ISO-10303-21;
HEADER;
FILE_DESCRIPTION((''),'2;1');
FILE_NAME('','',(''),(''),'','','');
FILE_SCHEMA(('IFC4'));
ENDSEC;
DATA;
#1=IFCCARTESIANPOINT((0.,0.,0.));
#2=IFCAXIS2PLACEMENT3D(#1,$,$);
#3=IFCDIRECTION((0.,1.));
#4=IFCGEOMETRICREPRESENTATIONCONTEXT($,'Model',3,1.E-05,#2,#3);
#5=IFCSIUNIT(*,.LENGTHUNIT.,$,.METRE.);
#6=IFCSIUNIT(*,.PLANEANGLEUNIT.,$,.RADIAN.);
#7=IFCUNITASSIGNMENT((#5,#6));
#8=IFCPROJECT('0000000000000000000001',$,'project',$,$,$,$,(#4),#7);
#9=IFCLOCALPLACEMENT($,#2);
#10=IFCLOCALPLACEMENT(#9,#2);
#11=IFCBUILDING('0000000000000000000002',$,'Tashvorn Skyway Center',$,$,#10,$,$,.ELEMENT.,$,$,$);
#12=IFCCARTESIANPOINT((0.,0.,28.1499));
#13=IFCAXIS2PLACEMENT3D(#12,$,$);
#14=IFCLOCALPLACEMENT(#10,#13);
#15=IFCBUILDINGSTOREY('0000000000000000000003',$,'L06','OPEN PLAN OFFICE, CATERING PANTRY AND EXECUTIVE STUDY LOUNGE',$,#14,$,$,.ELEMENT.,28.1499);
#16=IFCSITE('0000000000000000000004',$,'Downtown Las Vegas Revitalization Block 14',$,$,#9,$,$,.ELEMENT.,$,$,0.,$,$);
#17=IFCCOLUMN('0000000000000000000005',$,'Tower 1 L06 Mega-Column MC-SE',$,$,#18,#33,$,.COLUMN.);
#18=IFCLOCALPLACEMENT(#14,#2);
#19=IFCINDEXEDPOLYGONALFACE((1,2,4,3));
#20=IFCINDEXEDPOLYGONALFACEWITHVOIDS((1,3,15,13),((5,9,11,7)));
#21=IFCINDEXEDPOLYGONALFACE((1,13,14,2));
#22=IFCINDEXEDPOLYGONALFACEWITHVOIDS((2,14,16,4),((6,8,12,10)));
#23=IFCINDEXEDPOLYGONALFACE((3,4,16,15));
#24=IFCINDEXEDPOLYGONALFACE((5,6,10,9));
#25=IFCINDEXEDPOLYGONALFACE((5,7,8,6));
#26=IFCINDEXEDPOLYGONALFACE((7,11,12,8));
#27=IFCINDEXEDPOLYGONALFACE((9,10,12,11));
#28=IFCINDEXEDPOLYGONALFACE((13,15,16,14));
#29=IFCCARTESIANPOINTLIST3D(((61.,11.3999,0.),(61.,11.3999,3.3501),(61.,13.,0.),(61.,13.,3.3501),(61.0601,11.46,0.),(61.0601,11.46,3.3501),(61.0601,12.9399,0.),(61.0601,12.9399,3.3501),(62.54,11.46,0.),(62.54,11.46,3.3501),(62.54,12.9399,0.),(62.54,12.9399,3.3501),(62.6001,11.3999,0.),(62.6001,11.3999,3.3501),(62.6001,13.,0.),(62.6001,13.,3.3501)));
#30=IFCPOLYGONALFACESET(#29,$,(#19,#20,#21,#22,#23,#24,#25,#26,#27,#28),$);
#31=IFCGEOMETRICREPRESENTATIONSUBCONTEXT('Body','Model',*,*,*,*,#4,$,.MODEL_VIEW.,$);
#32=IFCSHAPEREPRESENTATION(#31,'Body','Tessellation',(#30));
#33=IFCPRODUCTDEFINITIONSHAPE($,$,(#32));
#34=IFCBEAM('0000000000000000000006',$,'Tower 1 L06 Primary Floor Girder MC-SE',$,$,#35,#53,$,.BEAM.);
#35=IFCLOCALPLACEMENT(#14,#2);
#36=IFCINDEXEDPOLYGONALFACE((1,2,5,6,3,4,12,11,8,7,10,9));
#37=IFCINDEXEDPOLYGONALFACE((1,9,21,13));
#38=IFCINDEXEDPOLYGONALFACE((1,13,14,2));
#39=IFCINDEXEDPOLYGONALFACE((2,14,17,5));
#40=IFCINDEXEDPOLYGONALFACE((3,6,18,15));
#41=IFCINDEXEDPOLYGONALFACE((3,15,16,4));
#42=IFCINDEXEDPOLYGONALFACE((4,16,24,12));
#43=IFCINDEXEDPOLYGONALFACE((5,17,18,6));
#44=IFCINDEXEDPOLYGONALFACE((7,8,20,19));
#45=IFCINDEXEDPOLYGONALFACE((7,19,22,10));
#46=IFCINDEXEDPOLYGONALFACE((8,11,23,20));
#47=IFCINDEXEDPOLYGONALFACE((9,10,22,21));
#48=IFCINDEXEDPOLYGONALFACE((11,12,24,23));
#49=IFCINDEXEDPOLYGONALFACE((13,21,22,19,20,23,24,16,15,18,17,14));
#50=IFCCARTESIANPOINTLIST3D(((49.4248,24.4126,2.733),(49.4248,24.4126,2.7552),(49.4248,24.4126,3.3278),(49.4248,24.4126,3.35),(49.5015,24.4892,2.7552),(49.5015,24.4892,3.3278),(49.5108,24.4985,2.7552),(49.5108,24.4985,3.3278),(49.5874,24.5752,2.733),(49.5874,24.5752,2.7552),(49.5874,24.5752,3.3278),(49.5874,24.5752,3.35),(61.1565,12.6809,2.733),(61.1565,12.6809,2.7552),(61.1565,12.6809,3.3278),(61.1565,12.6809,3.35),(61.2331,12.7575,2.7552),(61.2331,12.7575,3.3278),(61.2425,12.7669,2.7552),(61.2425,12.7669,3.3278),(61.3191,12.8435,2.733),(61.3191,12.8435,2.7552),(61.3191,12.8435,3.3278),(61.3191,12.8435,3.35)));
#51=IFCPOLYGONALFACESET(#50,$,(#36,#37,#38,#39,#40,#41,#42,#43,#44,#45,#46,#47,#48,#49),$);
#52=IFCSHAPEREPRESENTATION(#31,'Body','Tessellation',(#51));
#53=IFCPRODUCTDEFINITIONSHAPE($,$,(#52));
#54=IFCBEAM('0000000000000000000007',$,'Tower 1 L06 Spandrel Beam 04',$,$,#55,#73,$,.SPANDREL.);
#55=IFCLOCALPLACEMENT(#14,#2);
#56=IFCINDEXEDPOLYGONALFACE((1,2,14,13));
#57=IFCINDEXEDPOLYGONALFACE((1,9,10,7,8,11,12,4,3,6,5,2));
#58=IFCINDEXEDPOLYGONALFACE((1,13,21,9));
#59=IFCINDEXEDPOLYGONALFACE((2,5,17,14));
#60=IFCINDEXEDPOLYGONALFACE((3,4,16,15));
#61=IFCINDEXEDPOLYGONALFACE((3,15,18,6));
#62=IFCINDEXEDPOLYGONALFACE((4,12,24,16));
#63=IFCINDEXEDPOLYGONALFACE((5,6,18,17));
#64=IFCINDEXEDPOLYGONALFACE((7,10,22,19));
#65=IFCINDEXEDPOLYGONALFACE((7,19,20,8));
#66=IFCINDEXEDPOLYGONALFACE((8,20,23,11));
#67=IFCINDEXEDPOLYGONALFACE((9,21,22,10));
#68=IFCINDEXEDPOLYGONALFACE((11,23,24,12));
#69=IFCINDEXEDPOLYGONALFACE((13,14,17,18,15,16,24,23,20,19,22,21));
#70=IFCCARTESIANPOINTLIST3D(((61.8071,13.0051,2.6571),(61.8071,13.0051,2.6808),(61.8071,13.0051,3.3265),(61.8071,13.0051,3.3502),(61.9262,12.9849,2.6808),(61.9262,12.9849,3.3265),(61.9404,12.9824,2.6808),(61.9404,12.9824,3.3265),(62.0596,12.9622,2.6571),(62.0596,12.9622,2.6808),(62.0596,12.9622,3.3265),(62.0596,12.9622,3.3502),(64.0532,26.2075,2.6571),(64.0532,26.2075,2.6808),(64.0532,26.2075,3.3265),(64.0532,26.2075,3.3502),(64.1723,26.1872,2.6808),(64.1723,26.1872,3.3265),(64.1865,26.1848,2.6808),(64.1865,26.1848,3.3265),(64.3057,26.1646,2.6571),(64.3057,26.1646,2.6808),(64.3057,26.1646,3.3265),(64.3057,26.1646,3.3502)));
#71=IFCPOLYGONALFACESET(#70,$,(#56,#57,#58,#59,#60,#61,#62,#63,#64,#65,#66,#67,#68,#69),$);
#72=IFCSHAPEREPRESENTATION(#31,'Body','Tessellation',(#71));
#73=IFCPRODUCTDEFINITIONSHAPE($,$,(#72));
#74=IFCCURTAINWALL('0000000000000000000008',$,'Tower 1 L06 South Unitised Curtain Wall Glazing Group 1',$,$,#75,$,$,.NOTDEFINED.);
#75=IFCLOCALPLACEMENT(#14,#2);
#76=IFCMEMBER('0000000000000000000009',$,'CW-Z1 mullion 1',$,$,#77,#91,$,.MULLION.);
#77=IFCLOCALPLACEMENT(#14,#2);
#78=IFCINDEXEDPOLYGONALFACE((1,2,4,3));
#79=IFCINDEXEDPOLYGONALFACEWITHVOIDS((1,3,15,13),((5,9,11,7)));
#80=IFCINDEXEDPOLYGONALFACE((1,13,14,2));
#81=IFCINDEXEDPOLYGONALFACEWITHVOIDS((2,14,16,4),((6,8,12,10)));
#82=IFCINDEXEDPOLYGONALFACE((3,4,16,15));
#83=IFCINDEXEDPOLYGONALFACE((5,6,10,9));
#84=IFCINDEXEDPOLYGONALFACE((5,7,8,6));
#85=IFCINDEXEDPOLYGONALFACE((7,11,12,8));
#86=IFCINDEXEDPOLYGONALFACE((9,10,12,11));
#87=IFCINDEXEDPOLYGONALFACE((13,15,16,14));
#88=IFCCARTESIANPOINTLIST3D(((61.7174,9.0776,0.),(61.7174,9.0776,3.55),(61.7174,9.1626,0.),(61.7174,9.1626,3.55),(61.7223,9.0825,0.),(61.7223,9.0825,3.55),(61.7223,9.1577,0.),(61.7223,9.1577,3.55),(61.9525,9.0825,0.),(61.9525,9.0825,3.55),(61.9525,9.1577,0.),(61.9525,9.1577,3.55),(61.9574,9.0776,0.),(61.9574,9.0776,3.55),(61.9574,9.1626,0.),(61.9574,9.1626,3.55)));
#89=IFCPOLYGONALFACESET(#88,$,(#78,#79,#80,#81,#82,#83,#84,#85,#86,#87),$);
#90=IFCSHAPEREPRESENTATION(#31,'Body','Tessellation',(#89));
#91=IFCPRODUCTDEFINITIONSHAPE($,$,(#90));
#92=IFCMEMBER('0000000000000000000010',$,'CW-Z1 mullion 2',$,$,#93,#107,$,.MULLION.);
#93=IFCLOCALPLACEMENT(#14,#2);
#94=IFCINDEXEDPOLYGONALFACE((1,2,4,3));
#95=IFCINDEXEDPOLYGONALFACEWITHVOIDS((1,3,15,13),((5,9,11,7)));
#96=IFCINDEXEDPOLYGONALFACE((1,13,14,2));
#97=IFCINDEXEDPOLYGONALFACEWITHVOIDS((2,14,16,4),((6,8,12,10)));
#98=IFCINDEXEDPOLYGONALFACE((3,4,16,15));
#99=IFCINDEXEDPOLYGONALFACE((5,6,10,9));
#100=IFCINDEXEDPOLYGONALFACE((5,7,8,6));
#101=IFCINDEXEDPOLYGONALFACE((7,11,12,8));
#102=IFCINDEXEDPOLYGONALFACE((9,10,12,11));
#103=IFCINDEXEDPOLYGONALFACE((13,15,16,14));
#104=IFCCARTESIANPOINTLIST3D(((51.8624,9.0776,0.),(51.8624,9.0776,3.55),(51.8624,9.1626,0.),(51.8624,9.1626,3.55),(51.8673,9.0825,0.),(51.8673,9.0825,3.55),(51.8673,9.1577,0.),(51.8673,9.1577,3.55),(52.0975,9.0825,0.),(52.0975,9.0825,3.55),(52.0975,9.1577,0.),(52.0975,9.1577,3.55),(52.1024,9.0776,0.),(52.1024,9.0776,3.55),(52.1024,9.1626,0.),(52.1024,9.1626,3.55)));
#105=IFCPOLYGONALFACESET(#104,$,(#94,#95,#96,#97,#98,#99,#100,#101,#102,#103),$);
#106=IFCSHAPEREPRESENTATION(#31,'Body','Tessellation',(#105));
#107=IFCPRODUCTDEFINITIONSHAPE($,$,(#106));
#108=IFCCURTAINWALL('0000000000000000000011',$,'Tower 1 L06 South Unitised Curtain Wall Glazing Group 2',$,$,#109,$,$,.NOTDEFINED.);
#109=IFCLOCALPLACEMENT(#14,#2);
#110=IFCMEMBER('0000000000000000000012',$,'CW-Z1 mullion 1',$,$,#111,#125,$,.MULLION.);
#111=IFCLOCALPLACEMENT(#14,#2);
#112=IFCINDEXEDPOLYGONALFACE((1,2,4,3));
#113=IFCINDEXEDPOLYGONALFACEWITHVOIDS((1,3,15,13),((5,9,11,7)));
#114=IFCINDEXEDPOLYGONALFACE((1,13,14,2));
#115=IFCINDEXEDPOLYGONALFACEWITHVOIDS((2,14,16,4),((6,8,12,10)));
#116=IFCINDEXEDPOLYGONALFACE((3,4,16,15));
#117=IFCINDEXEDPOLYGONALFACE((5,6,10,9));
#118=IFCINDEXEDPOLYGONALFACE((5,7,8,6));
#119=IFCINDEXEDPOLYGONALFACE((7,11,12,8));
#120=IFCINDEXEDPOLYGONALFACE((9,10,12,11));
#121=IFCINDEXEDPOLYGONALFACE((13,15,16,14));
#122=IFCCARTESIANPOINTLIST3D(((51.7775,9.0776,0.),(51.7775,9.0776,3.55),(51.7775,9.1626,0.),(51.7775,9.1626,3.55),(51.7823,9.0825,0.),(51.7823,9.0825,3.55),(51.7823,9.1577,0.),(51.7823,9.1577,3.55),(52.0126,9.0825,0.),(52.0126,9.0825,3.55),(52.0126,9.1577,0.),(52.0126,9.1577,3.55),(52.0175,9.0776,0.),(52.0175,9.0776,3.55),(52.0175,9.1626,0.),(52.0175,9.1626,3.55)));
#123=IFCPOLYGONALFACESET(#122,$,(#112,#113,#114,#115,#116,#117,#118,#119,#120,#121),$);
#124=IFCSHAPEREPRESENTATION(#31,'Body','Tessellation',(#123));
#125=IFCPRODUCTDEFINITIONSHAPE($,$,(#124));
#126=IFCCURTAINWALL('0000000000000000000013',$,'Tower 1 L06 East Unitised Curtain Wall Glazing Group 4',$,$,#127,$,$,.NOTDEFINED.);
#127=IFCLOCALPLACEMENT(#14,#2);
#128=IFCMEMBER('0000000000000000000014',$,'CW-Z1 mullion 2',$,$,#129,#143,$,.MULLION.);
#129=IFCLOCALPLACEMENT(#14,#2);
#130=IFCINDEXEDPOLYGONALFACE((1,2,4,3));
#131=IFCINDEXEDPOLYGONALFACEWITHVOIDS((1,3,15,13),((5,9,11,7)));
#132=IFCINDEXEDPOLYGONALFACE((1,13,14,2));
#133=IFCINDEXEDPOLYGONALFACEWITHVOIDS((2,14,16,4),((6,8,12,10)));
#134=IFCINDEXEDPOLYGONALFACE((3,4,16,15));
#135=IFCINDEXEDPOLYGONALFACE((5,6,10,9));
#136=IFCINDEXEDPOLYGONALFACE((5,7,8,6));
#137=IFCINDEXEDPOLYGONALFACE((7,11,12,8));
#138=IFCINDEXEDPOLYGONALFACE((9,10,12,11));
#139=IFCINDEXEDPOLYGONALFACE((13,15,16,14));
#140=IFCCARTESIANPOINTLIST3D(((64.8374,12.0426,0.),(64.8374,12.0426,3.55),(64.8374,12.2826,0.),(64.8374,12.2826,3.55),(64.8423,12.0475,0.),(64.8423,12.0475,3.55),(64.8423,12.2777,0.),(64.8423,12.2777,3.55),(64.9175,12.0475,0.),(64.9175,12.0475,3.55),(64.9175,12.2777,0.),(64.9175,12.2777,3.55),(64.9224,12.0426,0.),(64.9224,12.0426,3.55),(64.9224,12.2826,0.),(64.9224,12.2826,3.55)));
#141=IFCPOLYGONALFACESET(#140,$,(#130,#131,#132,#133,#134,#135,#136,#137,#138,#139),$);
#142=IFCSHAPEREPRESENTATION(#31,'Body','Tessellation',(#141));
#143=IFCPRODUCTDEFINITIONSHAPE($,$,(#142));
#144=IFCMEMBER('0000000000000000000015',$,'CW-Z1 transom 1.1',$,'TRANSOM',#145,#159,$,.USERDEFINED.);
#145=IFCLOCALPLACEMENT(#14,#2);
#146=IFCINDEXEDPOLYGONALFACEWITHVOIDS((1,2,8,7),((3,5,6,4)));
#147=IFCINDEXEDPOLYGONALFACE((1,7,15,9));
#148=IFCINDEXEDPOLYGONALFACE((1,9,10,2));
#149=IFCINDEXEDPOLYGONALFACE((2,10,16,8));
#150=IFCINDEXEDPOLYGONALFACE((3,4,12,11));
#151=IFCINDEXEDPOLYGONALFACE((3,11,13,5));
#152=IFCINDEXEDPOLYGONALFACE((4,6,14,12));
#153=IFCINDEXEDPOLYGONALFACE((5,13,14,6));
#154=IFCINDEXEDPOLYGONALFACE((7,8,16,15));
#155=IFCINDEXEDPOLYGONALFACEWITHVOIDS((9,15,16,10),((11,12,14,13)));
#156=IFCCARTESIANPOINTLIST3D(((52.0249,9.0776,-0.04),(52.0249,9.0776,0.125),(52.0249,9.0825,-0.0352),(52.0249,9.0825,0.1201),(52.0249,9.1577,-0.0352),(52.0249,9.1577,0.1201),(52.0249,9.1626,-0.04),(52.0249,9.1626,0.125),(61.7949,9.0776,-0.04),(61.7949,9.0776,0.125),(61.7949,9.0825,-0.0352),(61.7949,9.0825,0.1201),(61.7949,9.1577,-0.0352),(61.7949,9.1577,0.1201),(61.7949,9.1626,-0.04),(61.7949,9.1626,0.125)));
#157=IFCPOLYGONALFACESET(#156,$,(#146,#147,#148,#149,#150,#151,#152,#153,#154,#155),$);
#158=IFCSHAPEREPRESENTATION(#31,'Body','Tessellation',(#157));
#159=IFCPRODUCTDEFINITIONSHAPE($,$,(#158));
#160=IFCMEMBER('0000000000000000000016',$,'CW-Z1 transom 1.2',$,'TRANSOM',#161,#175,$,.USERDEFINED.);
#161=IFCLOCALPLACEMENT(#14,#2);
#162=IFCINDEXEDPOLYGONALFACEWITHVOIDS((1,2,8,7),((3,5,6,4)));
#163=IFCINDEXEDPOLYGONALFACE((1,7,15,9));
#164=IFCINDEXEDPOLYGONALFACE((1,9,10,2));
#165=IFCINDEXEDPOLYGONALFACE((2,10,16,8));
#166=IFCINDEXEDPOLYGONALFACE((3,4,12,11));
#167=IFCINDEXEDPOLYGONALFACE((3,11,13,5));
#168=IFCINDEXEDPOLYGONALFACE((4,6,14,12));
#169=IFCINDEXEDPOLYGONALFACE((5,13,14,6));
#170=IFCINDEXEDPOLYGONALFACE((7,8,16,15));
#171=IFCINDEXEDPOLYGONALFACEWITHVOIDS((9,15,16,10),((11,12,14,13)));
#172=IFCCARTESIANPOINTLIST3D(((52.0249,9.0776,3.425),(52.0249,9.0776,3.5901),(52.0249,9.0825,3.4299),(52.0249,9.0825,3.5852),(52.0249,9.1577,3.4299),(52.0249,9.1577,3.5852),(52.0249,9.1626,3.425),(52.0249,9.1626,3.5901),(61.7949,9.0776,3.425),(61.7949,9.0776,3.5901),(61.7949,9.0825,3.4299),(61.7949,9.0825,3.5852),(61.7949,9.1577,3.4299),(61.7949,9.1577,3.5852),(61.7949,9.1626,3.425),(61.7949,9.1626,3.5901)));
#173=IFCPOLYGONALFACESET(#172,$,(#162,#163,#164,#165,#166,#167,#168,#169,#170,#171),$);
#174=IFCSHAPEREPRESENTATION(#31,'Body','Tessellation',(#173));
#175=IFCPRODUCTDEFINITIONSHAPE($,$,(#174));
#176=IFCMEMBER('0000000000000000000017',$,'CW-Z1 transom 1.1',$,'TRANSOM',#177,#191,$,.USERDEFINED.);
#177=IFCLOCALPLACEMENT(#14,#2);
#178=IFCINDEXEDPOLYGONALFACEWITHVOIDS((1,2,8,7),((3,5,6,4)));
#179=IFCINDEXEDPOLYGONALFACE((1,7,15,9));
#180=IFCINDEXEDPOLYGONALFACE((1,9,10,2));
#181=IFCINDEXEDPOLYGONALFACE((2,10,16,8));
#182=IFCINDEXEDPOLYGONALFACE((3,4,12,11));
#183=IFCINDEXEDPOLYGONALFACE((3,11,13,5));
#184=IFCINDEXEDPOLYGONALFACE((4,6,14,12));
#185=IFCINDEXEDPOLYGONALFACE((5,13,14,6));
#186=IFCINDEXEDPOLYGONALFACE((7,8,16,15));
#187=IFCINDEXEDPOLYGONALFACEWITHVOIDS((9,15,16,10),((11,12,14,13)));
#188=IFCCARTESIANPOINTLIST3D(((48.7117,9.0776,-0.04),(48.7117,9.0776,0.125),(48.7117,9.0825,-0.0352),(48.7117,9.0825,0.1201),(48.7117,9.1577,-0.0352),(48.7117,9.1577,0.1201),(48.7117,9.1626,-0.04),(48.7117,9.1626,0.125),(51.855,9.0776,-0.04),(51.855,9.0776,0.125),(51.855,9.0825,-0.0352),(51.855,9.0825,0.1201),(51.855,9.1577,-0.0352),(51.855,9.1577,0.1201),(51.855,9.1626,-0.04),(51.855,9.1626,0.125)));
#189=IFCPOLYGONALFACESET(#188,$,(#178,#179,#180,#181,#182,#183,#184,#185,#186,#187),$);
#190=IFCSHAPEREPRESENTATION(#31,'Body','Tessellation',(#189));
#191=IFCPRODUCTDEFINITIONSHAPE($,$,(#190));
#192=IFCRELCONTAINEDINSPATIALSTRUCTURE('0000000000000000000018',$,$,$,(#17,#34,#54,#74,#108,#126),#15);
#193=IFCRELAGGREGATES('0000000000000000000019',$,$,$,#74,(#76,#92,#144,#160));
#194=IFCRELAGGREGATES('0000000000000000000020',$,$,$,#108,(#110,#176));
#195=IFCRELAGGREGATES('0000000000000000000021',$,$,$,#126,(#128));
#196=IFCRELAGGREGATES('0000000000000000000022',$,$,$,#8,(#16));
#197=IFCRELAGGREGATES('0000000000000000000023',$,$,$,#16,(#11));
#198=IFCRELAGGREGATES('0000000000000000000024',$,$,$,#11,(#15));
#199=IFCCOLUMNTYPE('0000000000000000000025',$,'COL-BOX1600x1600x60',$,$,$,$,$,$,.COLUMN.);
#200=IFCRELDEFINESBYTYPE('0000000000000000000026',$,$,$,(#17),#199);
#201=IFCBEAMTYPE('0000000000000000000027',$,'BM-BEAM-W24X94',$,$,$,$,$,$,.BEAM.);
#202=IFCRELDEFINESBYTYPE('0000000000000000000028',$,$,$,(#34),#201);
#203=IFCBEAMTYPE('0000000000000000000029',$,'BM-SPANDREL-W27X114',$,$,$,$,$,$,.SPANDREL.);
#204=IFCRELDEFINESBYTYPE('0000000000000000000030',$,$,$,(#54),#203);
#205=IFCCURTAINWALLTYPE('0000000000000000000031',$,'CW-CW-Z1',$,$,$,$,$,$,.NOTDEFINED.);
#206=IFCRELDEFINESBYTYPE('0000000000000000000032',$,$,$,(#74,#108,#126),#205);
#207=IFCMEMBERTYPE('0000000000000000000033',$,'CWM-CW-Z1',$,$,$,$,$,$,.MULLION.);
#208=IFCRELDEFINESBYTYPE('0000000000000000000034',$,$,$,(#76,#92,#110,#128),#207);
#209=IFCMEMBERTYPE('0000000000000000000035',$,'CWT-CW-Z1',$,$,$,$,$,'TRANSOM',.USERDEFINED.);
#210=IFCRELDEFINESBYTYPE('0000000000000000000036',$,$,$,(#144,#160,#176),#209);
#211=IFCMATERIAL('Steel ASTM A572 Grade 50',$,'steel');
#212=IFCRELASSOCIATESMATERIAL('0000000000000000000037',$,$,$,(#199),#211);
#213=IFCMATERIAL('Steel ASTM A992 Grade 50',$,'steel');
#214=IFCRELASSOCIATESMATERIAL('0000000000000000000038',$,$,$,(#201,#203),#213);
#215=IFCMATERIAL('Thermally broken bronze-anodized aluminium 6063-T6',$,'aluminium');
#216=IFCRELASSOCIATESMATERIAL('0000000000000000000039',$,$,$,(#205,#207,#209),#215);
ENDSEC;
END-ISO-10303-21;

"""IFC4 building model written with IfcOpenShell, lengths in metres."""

from ifc_helpers import new_model, si_unit, direction, frame, origin, origin_2d, place, context, subcontext, project, spatial, hollow_rectangle, i_section, extrude, material, material_profile, profile_set, type_object, element, aggregate, save


model = new_model("IFC4")

# Units and contexts
model_context = context("Model", 3, precision=1e-05, world=origin(), true_north=direction((0.0, 1.0)))
body_context = subcontext(model_context, "Body", "Model", "MODEL_VIEW")
ifc_project = project(units=[si_unit("LENGTHUNIT", "METRE"), si_unit("PLANEANGLEUNIT", "RADIAN")], contexts=[model_context])

# Site, building, storey
site_placement = place(None, origin())
site = spatial("IfcSite", under=ifc_project, at=site_placement, Name="Downtown Las Vegas Revitalization Block 14", CompositionType="ELEMENT", RefElevation=0.0)
building_placement = place(site_placement, origin())
building = spatial("IfcBuilding", under=site, at=building_placement, Name="Tashvorn Skyway Center", CompositionType="ELEMENT")
storey_placement = place(building_placement, frame((0.0, 0.0, 28.1499)))
storey = spatial("IfcBuildingStorey", under=building, at=storey_placement, Name="L06", Description="OPEN PLAN OFFICE, CATERING PANTRY AND EXECUTIVE STUDY LOUNGE", CompositionType="ELEMENT", Elevation=28.1499)

# Column
ifc_material_1 = material(Name="Steel ASTM A572 Grade 50", Category="steel")
ifc_material_profile_1 = material_profile(ifc_material_1, hollow_rectangle(XDim=1.6001, YDim=1.6001, WallThickness=0.0601, at=origin_2d()), Name="BOX1600x1600x60")
ifc_profile_set_1 = profile_set([ifc_material_profile_1], Name="Steel ASTM A572 Grade 50")
column_type = type_object("IfcColumnType", Name="COL-BOX1600x1600x60", PredefinedType="COLUMN", material=ifc_profile_set_1)
column_placement = place(storey_placement, frame((61.8, 12.2, 0.0), z_axis=(0.0, 0.0, 1.0), x_axis=(1.0, 0.0, 0.0)))
element("IfcColumn", 1, at=column_placement, inside=storey, type_object=column_type, Name="Tower 1 L06 Mega-Column MC-SE", PredefinedType="COLUMN", context=body_context, shape_type="SweptSolid", body=[
    extrude(hollow_rectangle(XDim=1.6001, YDim=1.6001, WallThickness=0.0601, at=origin_2d()), origin(), (0.0, 0.0, 1.0), 3.3501),
])

# Beams
ifc_material_2 = material(Name="Steel ASTM A992 Grade 50", Category="steel")
ifc_material_profile_2 = material_profile(ifc_material_2, i_section(OverallWidth=0.23, OverallDepth=0.6169, WebThickness=0.0132, FlangeThickness=0.0222, at=origin_2d()), Name="W24X94")
ifc_profile_set_2 = profile_set([ifc_material_profile_2], Name="Steel ASTM A992 Grade 50")
beam_type_1 = type_object("IfcBeamType", Name="BM-BEAM-W24X94", PredefinedType="BEAM", material=ifc_profile_set_2)
beam_1_placement = place(storey_placement, frame((61.2378, 12.7622, 3.0415), z_axis=(-0.707107, 0.707107, 0.0), x_axis=(-0.707107, -0.707107, 0.0)))
element("IfcBeam", 2, at=beam_1_placement, inside=storey, type_object=beam_type_1, Name="Tower 1 L06 Primary Floor Girder MC-SE", PredefinedType="BEAM", context=body_context, shape_type="SweptSolid", body=[
    extrude(i_section(OverallWidth=0.23, OverallDepth=0.6169, WebThickness=0.0132, FlangeThickness=0.0222, at=origin_2d()), origin(), (0.0, 0.0, 1.0), 16.5911),
])
ifc_material_profile_3 = material_profile(ifc_material_2, i_section(OverallWidth=0.2561, OverallDepth=0.6931, WebThickness=0.0144, FlangeThickness=0.0237, at=origin_2d()), Name="W27X114")
ifc_profile_set_3 = profile_set([ifc_material_profile_3], Name="Steel ASTM A992 Grade 50")
beam_type_2 = type_object("IfcBeamType", Name="BM-SPANDREL-W27X114", PredefinedType="SPANDREL", material=ifc_profile_set_3)
beam_2_placement = place(storey_placement, frame((61.9333, 12.9836, 3.0037), z_axis=(0.167718, 0.985835, 0.0), x_axis=(-0.985835, 0.167718, 0.0)))
element("IfcBeam", 3, at=beam_2_placement, inside=storey, type_object=beam_type_2, Name="Tower 1 L06 Spandrel Beam 04", PredefinedType="SPANDREL", context=body_context, shape_type="SweptSolid", body=[
    extrude(i_section(OverallWidth=0.2561, OverallDepth=0.6931, WebThickness=0.0144, FlangeThickness=0.0237, at=origin_2d()), origin(), (0.0, 0.0, 1.0), 13.3921),
])

# Curtain wall, members
ifc_material_3 = material(Name="Thermally broken bronze-anodized aluminium 6063-T6", Category="aluminium")
curtain_wall_type = type_object("IfcCurtainWallType", Name="CW-CW-Z1", PredefinedType="NOTDEFINED", material=ifc_material_3)
curtain_wall_1_placement = place(storey_placement, origin())
curtain_wall_1 = element("IfcCurtainWall", 4, at=curtain_wall_1_placement, inside=storey, type_object=curtain_wall_type, Name="Tower 1 L06 South Unitised Curtain Wall Glazing Group 1", PredefinedType="NOTDEFINED")
ifc_material_profile_4 = material_profile(ifc_material_3, hollow_rectangle(XDim=0.085, YDim=0.24, WallThickness=0.0049, at=origin_2d()), Name="ALU-MULL-85x240")
ifc_profile_set_4 = profile_set([ifc_material_profile_4], Name="Thermally broken bronze-anodized aluminium 6063-T6")
member_type_1 = type_object("IfcMemberType", Name="CWM-CW-Z1", PredefinedType="MULLION", material=ifc_profile_set_4)
member_1_placement = place(storey_placement, frame((61.8374, 9.1201, 0.0), z_axis=(0.0, 0.0, 1.0), x_axis=(0.0, -1.0, 0.0)))
member_1 = element("IfcMember", 5, at=member_1_placement, type_object=member_type_1, Name="CW-Z1 mullion 1", PredefinedType="MULLION", context=body_context, shape_type="SweptSolid", body=[
    extrude(hollow_rectangle(XDim=0.085, YDim=0.24, WallThickness=0.0049, at=origin_2d()), origin(), (0.0, 0.0, 1.0), 3.55),
])
member_2_placement = place(storey_placement, frame((51.9824, 9.1201, 0.0), z_axis=(0.0, 0.0, 1.0), x_axis=(0.0, -1.0, 0.0)))
member_2 = element("IfcMember", 6, at=member_2_placement, type_object=member_type_1, Name="CW-Z1 mullion 2", PredefinedType="MULLION", context=body_context, shape_type="SweptSolid", body=[
    extrude(hollow_rectangle(XDim=0.085, YDim=0.24, WallThickness=0.0049, at=origin_2d()), origin(), (0.0, 0.0, 1.0), 3.55),
])

# Curtain walls, members
curtain_wall_2_placement = place(storey_placement, origin())
curtain_wall_2 = element("IfcCurtainWall", 7, at=curtain_wall_2_placement, inside=storey, type_object=curtain_wall_type, Name="Tower 1 L06 South Unitised Curtain Wall Glazing Group 2", PredefinedType="NOTDEFINED")
member_3_placement = place(storey_placement, frame((51.8975, 9.1201, 0.0), z_axis=(0.0, 0.0, 1.0), x_axis=(0.0, -1.0, 0.0)))
member_3 = element("IfcMember", 8, at=member_3_placement, type_object=member_type_1, Name="CW-Z1 mullion 1", PredefinedType="MULLION", context=body_context, shape_type="SweptSolid", body=[
    extrude(hollow_rectangle(XDim=0.085, YDim=0.24, WallThickness=0.0049, at=origin_2d()), origin(), (0.0, 0.0, 1.0), 3.55),
])
curtain_wall_3_placement = place(storey_placement, origin())
curtain_wall_3 = element("IfcCurtainWall", 9, at=curtain_wall_3_placement, inside=storey, type_object=curtain_wall_type, Name="Tower 1 L06 East Unitised Curtain Wall Glazing Group 4", PredefinedType="NOTDEFINED")
member_4_placement = place(storey_placement, frame((64.8799, 12.1626, 0.0), z_axis=(0.0, 0.0, 1.0), x_axis=(1.0, 0.0, 0.0)))
member_4 = element("IfcMember", 10, at=member_4_placement, type_object=member_type_1, Name="CW-Z1 mullion 2", PredefinedType="MULLION", context=body_context, shape_type="SweptSolid", body=[
    extrude(hollow_rectangle(XDim=0.085, YDim=0.24, WallThickness=0.0049, at=origin_2d()), origin(), (0.0, 0.0, 1.0), 3.55),
])

# Members
ifc_material_profile_5 = material_profile(ifc_material_3, hollow_rectangle(XDim=0.085, YDim=0.165, WallThickness=0.0049, at=origin_2d()), Name="ALU-TRAN-85x165")
ifc_profile_set_5 = profile_set([ifc_material_profile_5], Name="Thermally broken bronze-anodized aluminium 6063-T6")
member_type_2 = type_object("IfcMemberType", Name="CWT-CW-Z1", ElementType="TRANSOM", PredefinedType="USERDEFINED", material=ifc_profile_set_5)
member_5_placement = place(storey_placement, frame((61.7949, 9.1201, 0.0425), z_axis=(-1.0, 0.0, 0.0), x_axis=(0.0, -1.0, 0.0)))
member_5 = element("IfcMember", 11, at=member_5_placement, type_object=member_type_2, Name="CW-Z1 transom 1.1", ObjectType="TRANSOM", PredefinedType="USERDEFINED", context=body_context, shape_type="SweptSolid", body=[
    extrude(hollow_rectangle(XDim=0.085, YDim=0.165, WallThickness=0.0049, at=origin_2d()), origin(), (0.0, 0.0, 1.0), 9.77),
])
member_6_placement = place(storey_placement, frame((61.7949, 9.1201, 3.5076), z_axis=(-1.0, 0.0, 0.0), x_axis=(0.0, -1.0, 0.0)))
member_6 = element("IfcMember", 12, at=member_6_placement, type_object=member_type_2, Name="CW-Z1 transom 1.2", ObjectType="TRANSOM", PredefinedType="USERDEFINED", context=body_context, shape_type="SweptSolid", body=[
    extrude(hollow_rectangle(XDim=0.085, YDim=0.165, WallThickness=0.0049, at=origin_2d()), origin(), (0.0, 0.0, 1.0), 9.77),
])
member_7_placement = place(storey_placement, frame((51.855, 9.1201, 0.0425), z_axis=(-1.0, 0.0, 0.0), x_axis=(0.0, -1.0, 0.0)))
member_7 = element("IfcMember", 13, at=member_7_placement, type_object=member_type_2, Name="CW-Z1 transom 1.1", ObjectType="TRANSOM", PredefinedType="USERDEFINED", context=body_context, shape_type="SweptSolid", body=[
    extrude(hollow_rectangle(XDim=0.085, YDim=0.165, WallThickness=0.0049, at=origin_2d()), origin(), (0.0, 0.0, 1.0), 3.1433),
])

aggregate(curtain_wall_1, [member_1, member_2, member_5, member_6])
aggregate(curtain_wall_2, [member_3, member_7])
aggregate(curtain_wall_3, [member_4])

save(model, "model.ifc")
